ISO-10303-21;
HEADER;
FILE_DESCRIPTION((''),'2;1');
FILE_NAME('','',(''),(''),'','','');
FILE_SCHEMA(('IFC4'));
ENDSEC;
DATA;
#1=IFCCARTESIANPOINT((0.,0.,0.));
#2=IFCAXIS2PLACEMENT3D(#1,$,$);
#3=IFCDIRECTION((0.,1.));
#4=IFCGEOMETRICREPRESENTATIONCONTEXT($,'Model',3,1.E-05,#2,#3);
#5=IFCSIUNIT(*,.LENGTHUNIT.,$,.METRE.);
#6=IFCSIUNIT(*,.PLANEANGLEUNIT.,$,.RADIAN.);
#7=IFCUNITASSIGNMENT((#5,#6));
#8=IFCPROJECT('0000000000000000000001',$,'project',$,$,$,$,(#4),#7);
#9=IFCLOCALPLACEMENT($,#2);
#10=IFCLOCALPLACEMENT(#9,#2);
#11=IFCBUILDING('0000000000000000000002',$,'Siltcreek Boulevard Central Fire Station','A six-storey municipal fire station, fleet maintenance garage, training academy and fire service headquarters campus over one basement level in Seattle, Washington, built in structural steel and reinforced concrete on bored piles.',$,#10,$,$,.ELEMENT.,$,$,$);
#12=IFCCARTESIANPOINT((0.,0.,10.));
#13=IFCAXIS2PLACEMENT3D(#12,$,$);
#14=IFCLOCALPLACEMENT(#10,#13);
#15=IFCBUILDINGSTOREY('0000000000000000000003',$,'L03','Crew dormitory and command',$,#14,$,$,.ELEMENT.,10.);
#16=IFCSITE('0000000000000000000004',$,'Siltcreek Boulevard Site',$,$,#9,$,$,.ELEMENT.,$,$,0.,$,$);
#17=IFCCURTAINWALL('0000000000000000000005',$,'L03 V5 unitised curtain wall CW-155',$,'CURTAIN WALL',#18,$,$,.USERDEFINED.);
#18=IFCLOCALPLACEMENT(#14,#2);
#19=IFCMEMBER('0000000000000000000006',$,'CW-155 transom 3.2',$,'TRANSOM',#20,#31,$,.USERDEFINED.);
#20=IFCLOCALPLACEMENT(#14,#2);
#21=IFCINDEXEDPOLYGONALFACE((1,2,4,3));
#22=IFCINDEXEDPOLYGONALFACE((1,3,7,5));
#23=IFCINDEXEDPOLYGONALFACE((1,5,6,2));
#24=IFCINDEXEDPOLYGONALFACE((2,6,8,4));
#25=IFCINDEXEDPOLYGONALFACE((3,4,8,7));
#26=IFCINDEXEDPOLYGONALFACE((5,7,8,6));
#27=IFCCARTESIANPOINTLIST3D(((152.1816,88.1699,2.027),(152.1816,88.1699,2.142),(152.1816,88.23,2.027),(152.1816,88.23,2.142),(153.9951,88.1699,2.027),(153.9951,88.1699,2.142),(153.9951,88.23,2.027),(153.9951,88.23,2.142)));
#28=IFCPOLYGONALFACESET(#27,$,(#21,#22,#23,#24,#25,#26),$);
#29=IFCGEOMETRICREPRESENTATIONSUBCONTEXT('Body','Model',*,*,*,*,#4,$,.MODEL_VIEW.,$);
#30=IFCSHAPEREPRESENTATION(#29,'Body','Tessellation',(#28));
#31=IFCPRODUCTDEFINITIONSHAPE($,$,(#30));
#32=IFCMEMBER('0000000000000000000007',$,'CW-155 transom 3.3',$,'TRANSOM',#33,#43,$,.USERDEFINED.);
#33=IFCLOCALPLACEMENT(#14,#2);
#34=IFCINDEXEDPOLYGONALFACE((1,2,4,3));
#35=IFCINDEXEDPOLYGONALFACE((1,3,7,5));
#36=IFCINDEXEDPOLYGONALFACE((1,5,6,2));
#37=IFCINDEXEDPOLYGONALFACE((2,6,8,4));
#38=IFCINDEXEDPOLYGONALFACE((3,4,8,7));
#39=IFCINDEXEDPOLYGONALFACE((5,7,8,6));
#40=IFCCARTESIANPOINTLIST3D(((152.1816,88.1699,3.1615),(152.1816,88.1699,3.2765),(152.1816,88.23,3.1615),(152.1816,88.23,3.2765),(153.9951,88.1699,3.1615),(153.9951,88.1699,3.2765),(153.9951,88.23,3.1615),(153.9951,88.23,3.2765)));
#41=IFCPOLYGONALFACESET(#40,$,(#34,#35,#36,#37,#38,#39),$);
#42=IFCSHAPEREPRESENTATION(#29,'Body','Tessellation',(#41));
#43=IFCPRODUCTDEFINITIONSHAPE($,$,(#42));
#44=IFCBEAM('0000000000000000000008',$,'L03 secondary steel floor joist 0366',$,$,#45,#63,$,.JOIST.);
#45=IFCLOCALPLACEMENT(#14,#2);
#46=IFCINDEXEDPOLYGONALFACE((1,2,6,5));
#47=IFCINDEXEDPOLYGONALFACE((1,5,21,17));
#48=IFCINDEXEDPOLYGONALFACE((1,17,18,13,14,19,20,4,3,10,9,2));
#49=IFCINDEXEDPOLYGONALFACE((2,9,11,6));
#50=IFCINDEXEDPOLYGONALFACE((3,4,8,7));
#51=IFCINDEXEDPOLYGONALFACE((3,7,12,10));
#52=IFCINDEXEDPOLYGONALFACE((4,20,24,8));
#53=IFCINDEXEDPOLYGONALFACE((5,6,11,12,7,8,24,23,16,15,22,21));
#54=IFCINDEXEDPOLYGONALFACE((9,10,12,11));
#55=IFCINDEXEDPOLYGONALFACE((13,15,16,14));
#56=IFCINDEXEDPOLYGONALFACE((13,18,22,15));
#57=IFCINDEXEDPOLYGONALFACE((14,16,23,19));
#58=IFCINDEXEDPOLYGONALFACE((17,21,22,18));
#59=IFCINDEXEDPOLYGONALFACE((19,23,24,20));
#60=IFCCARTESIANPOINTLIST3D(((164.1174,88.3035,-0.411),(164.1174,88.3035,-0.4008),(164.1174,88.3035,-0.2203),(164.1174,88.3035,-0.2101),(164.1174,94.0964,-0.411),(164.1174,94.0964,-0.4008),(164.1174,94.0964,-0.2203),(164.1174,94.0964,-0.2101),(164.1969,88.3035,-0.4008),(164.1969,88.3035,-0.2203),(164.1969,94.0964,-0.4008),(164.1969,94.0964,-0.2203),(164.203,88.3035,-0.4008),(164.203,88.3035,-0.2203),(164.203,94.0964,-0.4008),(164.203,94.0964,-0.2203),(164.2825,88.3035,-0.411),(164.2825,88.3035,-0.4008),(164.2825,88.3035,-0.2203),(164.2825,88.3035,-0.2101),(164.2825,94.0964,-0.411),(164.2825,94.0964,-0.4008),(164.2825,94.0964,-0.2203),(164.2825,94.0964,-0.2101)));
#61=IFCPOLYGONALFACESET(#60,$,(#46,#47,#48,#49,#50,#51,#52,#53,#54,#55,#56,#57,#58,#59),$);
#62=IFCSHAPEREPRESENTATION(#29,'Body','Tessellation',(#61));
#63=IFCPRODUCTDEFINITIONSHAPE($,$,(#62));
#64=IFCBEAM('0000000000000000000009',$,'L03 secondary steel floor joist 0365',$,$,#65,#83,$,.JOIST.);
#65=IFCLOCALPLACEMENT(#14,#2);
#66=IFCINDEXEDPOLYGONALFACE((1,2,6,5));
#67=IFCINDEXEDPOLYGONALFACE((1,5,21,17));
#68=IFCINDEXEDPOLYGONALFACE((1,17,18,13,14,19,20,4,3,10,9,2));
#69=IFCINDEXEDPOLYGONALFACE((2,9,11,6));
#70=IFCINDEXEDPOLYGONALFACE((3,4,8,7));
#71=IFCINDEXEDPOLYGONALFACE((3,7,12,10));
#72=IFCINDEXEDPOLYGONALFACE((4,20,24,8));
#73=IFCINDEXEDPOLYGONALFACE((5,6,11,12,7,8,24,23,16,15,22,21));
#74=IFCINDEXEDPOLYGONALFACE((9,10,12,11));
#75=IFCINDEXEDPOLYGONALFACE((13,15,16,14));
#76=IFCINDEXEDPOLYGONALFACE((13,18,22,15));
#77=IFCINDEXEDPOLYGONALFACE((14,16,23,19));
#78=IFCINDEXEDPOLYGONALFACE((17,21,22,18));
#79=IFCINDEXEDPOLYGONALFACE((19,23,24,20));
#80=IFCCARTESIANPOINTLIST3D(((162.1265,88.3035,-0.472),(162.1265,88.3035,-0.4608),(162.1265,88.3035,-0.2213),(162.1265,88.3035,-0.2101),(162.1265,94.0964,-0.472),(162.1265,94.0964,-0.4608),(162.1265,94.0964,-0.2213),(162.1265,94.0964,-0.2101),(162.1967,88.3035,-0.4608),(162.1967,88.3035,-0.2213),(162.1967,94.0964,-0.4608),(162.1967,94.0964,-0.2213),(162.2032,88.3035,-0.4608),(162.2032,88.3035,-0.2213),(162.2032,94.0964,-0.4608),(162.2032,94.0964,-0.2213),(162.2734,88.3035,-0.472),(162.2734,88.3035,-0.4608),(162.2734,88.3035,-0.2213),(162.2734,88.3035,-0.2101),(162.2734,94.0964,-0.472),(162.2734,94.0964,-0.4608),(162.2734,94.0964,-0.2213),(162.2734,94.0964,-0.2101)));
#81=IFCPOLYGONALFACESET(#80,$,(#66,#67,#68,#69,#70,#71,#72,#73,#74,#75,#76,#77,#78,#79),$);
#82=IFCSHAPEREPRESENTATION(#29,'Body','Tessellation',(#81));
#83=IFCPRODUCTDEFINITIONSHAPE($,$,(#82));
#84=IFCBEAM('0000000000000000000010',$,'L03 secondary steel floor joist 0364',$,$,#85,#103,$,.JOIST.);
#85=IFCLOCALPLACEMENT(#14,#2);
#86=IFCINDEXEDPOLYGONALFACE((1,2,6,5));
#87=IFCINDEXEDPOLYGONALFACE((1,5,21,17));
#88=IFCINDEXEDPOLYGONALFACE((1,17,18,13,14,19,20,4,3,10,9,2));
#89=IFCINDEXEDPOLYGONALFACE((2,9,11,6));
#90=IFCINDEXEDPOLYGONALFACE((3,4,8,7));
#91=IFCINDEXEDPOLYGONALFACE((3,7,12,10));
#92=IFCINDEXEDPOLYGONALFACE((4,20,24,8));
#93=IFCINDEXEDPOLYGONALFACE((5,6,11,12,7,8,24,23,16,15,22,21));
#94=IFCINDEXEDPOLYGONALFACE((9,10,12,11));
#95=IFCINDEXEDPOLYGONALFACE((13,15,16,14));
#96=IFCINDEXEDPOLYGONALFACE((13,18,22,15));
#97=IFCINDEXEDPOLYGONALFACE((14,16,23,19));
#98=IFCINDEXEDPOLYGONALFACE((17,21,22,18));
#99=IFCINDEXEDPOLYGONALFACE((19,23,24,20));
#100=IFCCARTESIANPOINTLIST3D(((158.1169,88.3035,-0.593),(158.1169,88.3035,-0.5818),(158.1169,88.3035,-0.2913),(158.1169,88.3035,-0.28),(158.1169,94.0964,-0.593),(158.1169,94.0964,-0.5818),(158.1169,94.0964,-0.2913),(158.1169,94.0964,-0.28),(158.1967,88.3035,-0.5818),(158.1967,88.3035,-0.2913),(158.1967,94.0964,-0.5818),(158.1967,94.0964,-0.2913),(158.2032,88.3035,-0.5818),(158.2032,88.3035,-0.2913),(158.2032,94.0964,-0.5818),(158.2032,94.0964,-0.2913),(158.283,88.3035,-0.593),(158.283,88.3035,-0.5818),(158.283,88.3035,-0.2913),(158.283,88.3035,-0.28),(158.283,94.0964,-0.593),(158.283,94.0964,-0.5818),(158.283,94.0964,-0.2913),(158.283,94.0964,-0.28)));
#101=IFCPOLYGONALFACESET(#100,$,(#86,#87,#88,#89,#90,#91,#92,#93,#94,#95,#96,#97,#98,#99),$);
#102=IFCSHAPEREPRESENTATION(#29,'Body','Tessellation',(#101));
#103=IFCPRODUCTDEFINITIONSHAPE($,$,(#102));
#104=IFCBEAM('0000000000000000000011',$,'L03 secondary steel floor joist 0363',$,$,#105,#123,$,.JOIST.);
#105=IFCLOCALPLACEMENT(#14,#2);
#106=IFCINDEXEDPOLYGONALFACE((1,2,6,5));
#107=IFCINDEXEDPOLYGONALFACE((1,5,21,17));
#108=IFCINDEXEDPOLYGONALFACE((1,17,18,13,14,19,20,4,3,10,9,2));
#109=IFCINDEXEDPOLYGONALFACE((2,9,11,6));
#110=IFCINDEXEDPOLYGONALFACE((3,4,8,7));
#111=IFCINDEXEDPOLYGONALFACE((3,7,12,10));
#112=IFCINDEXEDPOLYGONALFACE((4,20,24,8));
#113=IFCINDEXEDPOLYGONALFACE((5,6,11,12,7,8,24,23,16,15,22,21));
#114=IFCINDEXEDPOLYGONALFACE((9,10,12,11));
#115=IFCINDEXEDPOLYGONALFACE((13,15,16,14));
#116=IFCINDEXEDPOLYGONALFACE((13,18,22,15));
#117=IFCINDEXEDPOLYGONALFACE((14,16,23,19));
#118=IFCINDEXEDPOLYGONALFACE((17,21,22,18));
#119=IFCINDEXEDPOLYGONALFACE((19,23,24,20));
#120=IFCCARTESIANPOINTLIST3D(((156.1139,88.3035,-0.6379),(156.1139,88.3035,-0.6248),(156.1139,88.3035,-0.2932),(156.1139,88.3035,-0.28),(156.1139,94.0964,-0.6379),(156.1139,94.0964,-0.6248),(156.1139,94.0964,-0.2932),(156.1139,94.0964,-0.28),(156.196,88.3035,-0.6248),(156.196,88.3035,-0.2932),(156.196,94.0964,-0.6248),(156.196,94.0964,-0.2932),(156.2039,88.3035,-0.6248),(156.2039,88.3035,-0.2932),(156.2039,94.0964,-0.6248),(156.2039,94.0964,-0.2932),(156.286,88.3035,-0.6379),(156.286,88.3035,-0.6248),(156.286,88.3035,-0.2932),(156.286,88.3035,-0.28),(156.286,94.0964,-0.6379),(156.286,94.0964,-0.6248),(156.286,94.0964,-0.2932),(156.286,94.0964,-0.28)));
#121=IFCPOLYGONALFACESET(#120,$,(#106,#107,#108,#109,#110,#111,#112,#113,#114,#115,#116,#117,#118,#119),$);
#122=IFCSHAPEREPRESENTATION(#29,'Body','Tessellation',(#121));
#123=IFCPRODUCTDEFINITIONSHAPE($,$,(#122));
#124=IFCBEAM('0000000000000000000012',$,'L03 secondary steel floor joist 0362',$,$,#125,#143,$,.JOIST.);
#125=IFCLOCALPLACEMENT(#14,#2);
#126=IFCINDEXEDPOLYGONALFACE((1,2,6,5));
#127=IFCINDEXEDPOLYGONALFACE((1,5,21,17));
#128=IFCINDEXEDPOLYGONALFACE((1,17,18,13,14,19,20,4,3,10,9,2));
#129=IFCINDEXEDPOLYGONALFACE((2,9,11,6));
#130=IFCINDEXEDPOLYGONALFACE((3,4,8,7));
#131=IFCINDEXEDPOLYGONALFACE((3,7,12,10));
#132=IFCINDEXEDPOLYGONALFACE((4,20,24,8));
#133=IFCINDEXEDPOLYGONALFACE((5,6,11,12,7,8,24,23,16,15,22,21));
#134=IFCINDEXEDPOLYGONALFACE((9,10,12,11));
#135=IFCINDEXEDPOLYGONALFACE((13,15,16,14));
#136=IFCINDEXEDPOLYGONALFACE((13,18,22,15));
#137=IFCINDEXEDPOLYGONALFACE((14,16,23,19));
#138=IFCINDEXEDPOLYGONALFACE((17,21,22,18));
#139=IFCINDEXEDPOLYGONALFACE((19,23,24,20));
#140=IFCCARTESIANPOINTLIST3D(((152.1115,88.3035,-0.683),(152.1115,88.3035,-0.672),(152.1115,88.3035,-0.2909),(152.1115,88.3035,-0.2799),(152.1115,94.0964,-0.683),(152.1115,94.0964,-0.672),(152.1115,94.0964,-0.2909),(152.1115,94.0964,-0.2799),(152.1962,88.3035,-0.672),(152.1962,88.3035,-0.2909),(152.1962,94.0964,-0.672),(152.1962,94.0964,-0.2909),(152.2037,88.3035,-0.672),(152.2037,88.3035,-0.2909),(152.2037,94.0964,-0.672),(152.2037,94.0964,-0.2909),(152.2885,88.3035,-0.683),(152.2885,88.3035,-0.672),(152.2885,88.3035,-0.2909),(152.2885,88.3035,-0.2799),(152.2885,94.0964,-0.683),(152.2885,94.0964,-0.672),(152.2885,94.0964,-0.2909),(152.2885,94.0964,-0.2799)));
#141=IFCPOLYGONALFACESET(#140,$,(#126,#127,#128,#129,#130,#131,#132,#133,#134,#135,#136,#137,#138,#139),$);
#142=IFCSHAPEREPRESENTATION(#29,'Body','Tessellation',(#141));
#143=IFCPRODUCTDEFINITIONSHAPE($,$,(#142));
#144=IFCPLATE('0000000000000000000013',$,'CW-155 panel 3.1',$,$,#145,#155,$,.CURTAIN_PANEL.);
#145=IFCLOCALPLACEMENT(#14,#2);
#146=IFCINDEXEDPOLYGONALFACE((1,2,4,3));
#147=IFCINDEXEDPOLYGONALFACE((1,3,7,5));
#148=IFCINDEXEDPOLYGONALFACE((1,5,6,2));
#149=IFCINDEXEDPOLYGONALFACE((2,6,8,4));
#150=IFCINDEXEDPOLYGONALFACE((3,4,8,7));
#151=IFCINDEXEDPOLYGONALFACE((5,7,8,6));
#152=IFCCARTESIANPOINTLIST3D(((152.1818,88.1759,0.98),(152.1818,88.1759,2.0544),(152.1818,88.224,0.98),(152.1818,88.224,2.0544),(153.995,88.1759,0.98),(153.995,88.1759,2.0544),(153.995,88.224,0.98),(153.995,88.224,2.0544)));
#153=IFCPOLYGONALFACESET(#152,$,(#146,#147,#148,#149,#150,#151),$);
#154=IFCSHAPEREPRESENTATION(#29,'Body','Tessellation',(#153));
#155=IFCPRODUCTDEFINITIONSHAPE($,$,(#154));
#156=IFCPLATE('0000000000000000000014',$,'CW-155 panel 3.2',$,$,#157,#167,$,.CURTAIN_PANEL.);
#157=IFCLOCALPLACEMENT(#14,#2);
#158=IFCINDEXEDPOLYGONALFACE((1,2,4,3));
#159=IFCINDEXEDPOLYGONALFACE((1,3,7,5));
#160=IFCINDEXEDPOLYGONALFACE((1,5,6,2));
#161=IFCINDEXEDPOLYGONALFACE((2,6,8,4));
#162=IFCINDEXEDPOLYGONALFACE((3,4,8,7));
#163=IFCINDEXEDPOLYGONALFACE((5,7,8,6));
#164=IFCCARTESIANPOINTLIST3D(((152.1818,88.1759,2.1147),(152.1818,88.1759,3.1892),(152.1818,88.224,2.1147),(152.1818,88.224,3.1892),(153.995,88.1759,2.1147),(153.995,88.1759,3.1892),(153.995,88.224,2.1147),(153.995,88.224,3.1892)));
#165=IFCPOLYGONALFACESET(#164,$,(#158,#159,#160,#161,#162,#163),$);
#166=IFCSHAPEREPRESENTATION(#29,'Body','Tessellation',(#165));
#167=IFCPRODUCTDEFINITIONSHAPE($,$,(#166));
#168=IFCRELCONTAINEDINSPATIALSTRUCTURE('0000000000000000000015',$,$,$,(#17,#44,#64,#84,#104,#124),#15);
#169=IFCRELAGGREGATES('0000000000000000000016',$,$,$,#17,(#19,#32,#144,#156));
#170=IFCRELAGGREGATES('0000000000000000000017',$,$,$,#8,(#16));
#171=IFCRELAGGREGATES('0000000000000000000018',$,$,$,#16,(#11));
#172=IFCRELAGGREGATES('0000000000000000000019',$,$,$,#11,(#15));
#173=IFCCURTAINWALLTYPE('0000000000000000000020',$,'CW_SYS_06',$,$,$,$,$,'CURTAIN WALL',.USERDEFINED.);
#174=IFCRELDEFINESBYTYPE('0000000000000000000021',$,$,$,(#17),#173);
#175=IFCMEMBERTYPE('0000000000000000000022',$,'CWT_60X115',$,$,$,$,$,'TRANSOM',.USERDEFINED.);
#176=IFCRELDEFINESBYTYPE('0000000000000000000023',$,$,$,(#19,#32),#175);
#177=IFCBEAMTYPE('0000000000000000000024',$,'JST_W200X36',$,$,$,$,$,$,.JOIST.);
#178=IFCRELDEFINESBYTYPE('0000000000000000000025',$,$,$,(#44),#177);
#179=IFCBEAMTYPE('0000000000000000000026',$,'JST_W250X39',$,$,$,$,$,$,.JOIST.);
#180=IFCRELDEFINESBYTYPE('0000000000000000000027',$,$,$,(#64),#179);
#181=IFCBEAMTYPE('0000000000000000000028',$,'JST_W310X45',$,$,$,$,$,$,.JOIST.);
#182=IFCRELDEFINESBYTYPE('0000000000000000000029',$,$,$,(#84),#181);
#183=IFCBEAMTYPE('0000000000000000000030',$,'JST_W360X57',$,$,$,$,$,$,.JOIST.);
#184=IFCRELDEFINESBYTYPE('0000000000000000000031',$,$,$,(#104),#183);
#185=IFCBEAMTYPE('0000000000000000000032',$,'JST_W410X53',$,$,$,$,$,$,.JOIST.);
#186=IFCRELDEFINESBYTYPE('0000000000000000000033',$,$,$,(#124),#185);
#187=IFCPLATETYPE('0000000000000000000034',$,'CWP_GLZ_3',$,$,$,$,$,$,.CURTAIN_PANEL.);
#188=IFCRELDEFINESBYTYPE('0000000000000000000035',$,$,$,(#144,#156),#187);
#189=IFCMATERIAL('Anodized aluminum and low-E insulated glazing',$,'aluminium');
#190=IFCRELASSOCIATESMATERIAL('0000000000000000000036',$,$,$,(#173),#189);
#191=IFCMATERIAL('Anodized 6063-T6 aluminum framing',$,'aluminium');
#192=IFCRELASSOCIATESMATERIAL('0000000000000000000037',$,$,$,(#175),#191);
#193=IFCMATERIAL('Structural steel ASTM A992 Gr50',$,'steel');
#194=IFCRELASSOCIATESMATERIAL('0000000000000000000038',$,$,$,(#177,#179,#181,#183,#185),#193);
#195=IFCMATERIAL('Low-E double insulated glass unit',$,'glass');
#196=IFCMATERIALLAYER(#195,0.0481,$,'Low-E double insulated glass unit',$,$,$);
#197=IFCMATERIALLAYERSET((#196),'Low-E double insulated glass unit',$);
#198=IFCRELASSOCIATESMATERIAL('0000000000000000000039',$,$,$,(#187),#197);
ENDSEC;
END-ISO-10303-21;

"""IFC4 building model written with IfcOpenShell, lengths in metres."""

from ifc_helpers import new_model, si_unit, direction, frame, origin, origin_2d, place, context, subcontext, project, spatial, rectangle, i_section, extrude, material, layer, layer_set, material_profile, profile_set, type_object, element, aggregate, save


model = new_model("IFC4")

# Units and contexts
model_context = context("Model", 3, precision=1e-05, world=origin(), true_north=direction((0.0, 1.0)))
body_context = subcontext(model_context, "Body", "Model", "MODEL_VIEW")
ifc_project = project(units=[si_unit("LENGTHUNIT", "METRE"), si_unit("PLANEANGLEUNIT", "RADIAN")], contexts=[model_context])

# Site, building, storey
site_placement = place(None, origin())
site = spatial("IfcSite", under=ifc_project, at=site_placement, Name="Siltcreek Boulevard Site", CompositionType="ELEMENT", RefElevation=0.0)
building_placement = place(site_placement, origin())
building = spatial("IfcBuilding", under=site, at=building_placement, Name="Siltcreek Boulevard Central Fire Station", Description="A six-storey municipal fire station, fleet maintenance garage, training academy and fire service headquarters campus over one basement level in Seattle, Washington, built in structural steel and reinforced concrete on bored piles.", CompositionType="ELEMENT")
storey_placement = place(building_placement, frame((0.0, 0.0, 10.0)))
storey = spatial("IfcBuildingStorey", under=building, at=storey_placement, Name="L03", Description="Crew dormitory and command", CompositionType="ELEMENT", Elevation=10.0)

# Shared definitions
ifc_material_1 = material(Name="Structural steel ASTM A992 Gr50", Category="steel")

# Curtain wall, members
ifc_material_2 = material(Name="Anodized aluminum and low-E insulated glazing", Category="aluminium")
curtain_wall_type = type_object("IfcCurtainWallType", Name="CW_SYS_06", ElementType="CURTAIN WALL", PredefinedType="USERDEFINED", material=ifc_material_2)
curtain_wall_placement = place(storey_placement, origin())
curtain_wall = element("IfcCurtainWall", 1, at=curtain_wall_placement, inside=storey, type_object=curtain_wall_type, Name="L03 V5 unitised curtain wall CW-155", ObjectType="CURTAIN WALL", PredefinedType="USERDEFINED")
ifc_material_3 = material(Name="Anodized 6063-T6 aluminum framing", Category="aluminium")
ifc_material_profile_1 = material_profile(ifc_material_3, rectangle(XDim=0.0601, YDim=0.115, at=origin_2d()), Name="TRAN60X115")
ifc_profile_set_1 = profile_set([ifc_material_profile_1], Name="Anodized 6063-T6 aluminum framing")
member_type_1 = type_object("IfcMemberType", Name="CWT_60X115", ElementType="TRANSOM", PredefinedType="USERDEFINED", material=ifc_profile_set_1)
member_1_placement = place(storey_placement, frame((152.1816, 88.2, 2.0845), z_axis=(1.0, 0.0, 0.0), x_axis=(0.0, 1.0, 0.0)))
member_1 = element("IfcMember", 2, at=member_1_placement, type_object=member_type_1, Name="CW-155 transom 3.2", ObjectType="TRANSOM", PredefinedType="USERDEFINED", context=body_context, shape_type="SweptSolid", body=[
    extrude(rectangle(XDim=0.0601, YDim=0.115, at=origin_2d()), origin(), (0.0, 0.0, 1.0), 1.8135),
])
member_2_placement = place(storey_placement, frame((152.1816, 88.2, 3.219), z_axis=(1.0, 0.0, 0.0), x_axis=(0.0, 1.0, 0.0)))
member_2 = element("IfcMember", 3, at=member_2_placement, type_object=member_type_1, Name="CW-155 transom 3.3", ObjectType="TRANSOM", PredefinedType="USERDEFINED", context=body_context, shape_type="SweptSolid", body=[
    extrude(rectangle(XDim=0.0601, YDim=0.115, at=origin_2d()), origin(), (0.0, 0.0, 1.0), 1.8135),
])

# Beams
ifc_material_profile_2 = material_profile(ifc_material_1, i_section(OverallWidth=0.165, OverallDepth=0.2009, WebThickness=0.0061, FlangeThickness=0.0103, at=origin_2d()), Name="W200X36")
ifc_profile_set_2 = profile_set([ifc_material_profile_2], Name="Structural steel ASTM A992 Gr50")
beam_type_1 = type_object("IfcBeamType", Name="JST_W200X36", PredefinedType="JOIST", material=ifc_profile_set_2)
beam_1_placement = place(storey_placement, frame((164.2, 88.3035, -0.3105), z_axis=(0.0, 1.0, 0.0), x_axis=(-1.0, 0.0, 0.0)))
element("IfcBeam", 4, at=beam_1_placement, inside=storey, type_object=beam_type_1, Name="L03 secondary steel floor joist 0366", PredefinedType="JOIST", context=body_context, shape_type="SweptSolid", body=[
    extrude(i_section(OverallWidth=0.165, OverallDepth=0.2009, WebThickness=0.0061, FlangeThickness=0.0103, at=origin_2d()), origin(), (0.0, 0.0, 1.0), 5.793),
])
ifc_material_profile_3 = material_profile(ifc_material_1, i_section(OverallWidth=0.147, OverallDepth=0.262, WebThickness=0.0066, FlangeThickness=0.0112, at=origin_2d()), Name="W250X39")
ifc_profile_set_3 = profile_set([ifc_material_profile_3], Name="Structural steel ASTM A992 Gr50")
beam_type_2 = type_object("IfcBeamType", Name="JST_W250X39", PredefinedType="JOIST", material=ifc_profile_set_3)
beam_2_placement = place(storey_placement, frame((162.2, 88.3035, -0.3411), z_axis=(0.0, 1.0, 0.0), x_axis=(-1.0, 0.0, 0.0)))
element("IfcBeam", 5, at=beam_2_placement, inside=storey, type_object=beam_type_2, Name="L03 secondary steel floor joist 0365", PredefinedType="JOIST", context=body_context, shape_type="SweptSolid", body=[
    extrude(i_section(OverallWidth=0.147, OverallDepth=0.262, WebThickness=0.0066, FlangeThickness=0.0112, at=origin_2d()), origin(), (0.0, 0.0, 1.0), 5.793),
])
ifc_material_profile_4 = material_profile(ifc_material_1, i_section(OverallWidth=0.166, OverallDepth=0.313, WebThickness=0.0066, FlangeThickness=0.0112, at=origin_2d()), Name="W310X45")
ifc_profile_set_4 = profile_set([ifc_material_profile_4], Name="Structural steel ASTM A992 Gr50")
beam_type_3 = type_object("IfcBeamType", Name="JST_W310X45", PredefinedType="JOIST", material=ifc_profile_set_4)
beam_3_placement = place(storey_placement, frame((158.2, 88.3035, -0.4365), z_axis=(0.0, 1.0, 0.0), x_axis=(-1.0, 0.0, 0.0)))
element("IfcBeam", 6, at=beam_3_placement, inside=storey, type_object=beam_type_3, Name="L03 secondary steel floor joist 0364", PredefinedType="JOIST", context=body_context, shape_type="SweptSolid", body=[
    extrude(i_section(OverallWidth=0.166, OverallDepth=0.313, WebThickness=0.0066, FlangeThickness=0.0112, at=origin_2d()), origin(), (0.0, 0.0, 1.0), 5.793),
])
ifc_material_profile_5 = material_profile(ifc_material_1, i_section(OverallWidth=0.1721, OverallDepth=0.3579, WebThickness=0.0078, FlangeThickness=0.0132, at=origin_2d()), Name="W360X57")
ifc_profile_set_5 = profile_set([ifc_material_profile_5], Name="Structural steel ASTM A992 Gr50")
beam_type_4 = type_object("IfcBeamType", Name="JST_W360X57", PredefinedType="JOIST", material=ifc_profile_set_5)
beam_4_placement = place(storey_placement, frame((156.2, 88.3035, -0.459), z_axis=(0.0, 1.0, 0.0), x_axis=(-1.0, 0.0, 0.0)))
element("IfcBeam", 7, at=beam_4_placement, inside=storey, type_object=beam_type_4, Name="L03 secondary steel floor joist 0363", PredefinedType="JOIST", context=body_context, shape_type="SweptSolid", body=[
    extrude(i_section(OverallWidth=0.1721, OverallDepth=0.3579, WebThickness=0.0078, FlangeThickness=0.0132, at=origin_2d()), origin(), (0.0, 0.0, 1.0), 5.793),
])
ifc_material_profile_6 = material_profile(ifc_material_1, i_section(OverallWidth=0.177, OverallDepth=0.4031, WebThickness=0.0076, FlangeThickness=0.011, at=origin_2d()), Name="W410X53")
ifc_profile_set_6 = profile_set([ifc_material_profile_6], Name="Structural steel ASTM A992 Gr50")
beam_type_5 = type_object("IfcBeamType", Name="JST_W410X53", PredefinedType="JOIST", material=ifc_profile_set_6)
beam_5_placement = place(storey_placement, frame((152.2, 88.3035, -0.4814), z_axis=(0.0, 1.0, 0.0), x_axis=(-1.0, 0.0, 0.0)))
element("IfcBeam", 8, at=beam_5_placement, inside=storey, type_object=beam_type_5, Name="L03 secondary steel floor joist 0362", PredefinedType="JOIST", context=body_context, shape_type="SweptSolid", body=[
    extrude(i_section(OverallWidth=0.177, OverallDepth=0.4031, WebThickness=0.0076, FlangeThickness=0.011, at=origin_2d()), origin(), (0.0, 0.0, 1.0), 5.793),
])

# Plates
ifc_material_4 = material(Name="Low-E double insulated glass unit", Category="glass")
ifc_layer_1 = layer(ifc_material_4, 0.0481, Name="Low-E double insulated glass unit")
ifc_layer_set_1 = layer_set([ifc_layer_1], Name="Low-E double insulated glass unit")
plate_type = type_object("IfcPlateType", Name="CWP_GLZ_3", PredefinedType="CURTAIN_PANEL", material=ifc_layer_set_1)
plate_1_placement = place(storey_placement, frame((153.0884, 88.2, 0.98), z_axis=(0.0, 0.0, 1.0), x_axis=(1.0, 0.0, 0.0)))
plate_1 = element("IfcPlate", 9, at=plate_1_placement, type_object=plate_type, Name="CW-155 panel 3.1", PredefinedType="CURTAIN_PANEL", context=body_context, shape_type="SweptSolid", body=[
    extrude(rectangle(XDim=1.8132, YDim=0.0481, at=origin_2d()), origin(), (0.0, 0.0, 1.0), 1.0745),
])
plate_2_placement = place(storey_placement, frame((153.0884, 88.2, 2.1147), z_axis=(0.0, 0.0, 1.0), x_axis=(1.0, 0.0, 0.0)))
plate_2 = element("IfcPlate", 10, at=plate_2_placement, type_object=plate_type, Name="CW-155 panel 3.2", PredefinedType="CURTAIN_PANEL", context=body_context, shape_type="SweptSolid", body=[
    extrude(rectangle(XDim=1.8132, YDim=0.0481, at=origin_2d()), origin(), (0.0, 0.0, 1.0), 1.0745),
])
aggregate(curtain_wall, [member_1, member_2, plate_1, plate_2])

save(model, "model.ifc")
